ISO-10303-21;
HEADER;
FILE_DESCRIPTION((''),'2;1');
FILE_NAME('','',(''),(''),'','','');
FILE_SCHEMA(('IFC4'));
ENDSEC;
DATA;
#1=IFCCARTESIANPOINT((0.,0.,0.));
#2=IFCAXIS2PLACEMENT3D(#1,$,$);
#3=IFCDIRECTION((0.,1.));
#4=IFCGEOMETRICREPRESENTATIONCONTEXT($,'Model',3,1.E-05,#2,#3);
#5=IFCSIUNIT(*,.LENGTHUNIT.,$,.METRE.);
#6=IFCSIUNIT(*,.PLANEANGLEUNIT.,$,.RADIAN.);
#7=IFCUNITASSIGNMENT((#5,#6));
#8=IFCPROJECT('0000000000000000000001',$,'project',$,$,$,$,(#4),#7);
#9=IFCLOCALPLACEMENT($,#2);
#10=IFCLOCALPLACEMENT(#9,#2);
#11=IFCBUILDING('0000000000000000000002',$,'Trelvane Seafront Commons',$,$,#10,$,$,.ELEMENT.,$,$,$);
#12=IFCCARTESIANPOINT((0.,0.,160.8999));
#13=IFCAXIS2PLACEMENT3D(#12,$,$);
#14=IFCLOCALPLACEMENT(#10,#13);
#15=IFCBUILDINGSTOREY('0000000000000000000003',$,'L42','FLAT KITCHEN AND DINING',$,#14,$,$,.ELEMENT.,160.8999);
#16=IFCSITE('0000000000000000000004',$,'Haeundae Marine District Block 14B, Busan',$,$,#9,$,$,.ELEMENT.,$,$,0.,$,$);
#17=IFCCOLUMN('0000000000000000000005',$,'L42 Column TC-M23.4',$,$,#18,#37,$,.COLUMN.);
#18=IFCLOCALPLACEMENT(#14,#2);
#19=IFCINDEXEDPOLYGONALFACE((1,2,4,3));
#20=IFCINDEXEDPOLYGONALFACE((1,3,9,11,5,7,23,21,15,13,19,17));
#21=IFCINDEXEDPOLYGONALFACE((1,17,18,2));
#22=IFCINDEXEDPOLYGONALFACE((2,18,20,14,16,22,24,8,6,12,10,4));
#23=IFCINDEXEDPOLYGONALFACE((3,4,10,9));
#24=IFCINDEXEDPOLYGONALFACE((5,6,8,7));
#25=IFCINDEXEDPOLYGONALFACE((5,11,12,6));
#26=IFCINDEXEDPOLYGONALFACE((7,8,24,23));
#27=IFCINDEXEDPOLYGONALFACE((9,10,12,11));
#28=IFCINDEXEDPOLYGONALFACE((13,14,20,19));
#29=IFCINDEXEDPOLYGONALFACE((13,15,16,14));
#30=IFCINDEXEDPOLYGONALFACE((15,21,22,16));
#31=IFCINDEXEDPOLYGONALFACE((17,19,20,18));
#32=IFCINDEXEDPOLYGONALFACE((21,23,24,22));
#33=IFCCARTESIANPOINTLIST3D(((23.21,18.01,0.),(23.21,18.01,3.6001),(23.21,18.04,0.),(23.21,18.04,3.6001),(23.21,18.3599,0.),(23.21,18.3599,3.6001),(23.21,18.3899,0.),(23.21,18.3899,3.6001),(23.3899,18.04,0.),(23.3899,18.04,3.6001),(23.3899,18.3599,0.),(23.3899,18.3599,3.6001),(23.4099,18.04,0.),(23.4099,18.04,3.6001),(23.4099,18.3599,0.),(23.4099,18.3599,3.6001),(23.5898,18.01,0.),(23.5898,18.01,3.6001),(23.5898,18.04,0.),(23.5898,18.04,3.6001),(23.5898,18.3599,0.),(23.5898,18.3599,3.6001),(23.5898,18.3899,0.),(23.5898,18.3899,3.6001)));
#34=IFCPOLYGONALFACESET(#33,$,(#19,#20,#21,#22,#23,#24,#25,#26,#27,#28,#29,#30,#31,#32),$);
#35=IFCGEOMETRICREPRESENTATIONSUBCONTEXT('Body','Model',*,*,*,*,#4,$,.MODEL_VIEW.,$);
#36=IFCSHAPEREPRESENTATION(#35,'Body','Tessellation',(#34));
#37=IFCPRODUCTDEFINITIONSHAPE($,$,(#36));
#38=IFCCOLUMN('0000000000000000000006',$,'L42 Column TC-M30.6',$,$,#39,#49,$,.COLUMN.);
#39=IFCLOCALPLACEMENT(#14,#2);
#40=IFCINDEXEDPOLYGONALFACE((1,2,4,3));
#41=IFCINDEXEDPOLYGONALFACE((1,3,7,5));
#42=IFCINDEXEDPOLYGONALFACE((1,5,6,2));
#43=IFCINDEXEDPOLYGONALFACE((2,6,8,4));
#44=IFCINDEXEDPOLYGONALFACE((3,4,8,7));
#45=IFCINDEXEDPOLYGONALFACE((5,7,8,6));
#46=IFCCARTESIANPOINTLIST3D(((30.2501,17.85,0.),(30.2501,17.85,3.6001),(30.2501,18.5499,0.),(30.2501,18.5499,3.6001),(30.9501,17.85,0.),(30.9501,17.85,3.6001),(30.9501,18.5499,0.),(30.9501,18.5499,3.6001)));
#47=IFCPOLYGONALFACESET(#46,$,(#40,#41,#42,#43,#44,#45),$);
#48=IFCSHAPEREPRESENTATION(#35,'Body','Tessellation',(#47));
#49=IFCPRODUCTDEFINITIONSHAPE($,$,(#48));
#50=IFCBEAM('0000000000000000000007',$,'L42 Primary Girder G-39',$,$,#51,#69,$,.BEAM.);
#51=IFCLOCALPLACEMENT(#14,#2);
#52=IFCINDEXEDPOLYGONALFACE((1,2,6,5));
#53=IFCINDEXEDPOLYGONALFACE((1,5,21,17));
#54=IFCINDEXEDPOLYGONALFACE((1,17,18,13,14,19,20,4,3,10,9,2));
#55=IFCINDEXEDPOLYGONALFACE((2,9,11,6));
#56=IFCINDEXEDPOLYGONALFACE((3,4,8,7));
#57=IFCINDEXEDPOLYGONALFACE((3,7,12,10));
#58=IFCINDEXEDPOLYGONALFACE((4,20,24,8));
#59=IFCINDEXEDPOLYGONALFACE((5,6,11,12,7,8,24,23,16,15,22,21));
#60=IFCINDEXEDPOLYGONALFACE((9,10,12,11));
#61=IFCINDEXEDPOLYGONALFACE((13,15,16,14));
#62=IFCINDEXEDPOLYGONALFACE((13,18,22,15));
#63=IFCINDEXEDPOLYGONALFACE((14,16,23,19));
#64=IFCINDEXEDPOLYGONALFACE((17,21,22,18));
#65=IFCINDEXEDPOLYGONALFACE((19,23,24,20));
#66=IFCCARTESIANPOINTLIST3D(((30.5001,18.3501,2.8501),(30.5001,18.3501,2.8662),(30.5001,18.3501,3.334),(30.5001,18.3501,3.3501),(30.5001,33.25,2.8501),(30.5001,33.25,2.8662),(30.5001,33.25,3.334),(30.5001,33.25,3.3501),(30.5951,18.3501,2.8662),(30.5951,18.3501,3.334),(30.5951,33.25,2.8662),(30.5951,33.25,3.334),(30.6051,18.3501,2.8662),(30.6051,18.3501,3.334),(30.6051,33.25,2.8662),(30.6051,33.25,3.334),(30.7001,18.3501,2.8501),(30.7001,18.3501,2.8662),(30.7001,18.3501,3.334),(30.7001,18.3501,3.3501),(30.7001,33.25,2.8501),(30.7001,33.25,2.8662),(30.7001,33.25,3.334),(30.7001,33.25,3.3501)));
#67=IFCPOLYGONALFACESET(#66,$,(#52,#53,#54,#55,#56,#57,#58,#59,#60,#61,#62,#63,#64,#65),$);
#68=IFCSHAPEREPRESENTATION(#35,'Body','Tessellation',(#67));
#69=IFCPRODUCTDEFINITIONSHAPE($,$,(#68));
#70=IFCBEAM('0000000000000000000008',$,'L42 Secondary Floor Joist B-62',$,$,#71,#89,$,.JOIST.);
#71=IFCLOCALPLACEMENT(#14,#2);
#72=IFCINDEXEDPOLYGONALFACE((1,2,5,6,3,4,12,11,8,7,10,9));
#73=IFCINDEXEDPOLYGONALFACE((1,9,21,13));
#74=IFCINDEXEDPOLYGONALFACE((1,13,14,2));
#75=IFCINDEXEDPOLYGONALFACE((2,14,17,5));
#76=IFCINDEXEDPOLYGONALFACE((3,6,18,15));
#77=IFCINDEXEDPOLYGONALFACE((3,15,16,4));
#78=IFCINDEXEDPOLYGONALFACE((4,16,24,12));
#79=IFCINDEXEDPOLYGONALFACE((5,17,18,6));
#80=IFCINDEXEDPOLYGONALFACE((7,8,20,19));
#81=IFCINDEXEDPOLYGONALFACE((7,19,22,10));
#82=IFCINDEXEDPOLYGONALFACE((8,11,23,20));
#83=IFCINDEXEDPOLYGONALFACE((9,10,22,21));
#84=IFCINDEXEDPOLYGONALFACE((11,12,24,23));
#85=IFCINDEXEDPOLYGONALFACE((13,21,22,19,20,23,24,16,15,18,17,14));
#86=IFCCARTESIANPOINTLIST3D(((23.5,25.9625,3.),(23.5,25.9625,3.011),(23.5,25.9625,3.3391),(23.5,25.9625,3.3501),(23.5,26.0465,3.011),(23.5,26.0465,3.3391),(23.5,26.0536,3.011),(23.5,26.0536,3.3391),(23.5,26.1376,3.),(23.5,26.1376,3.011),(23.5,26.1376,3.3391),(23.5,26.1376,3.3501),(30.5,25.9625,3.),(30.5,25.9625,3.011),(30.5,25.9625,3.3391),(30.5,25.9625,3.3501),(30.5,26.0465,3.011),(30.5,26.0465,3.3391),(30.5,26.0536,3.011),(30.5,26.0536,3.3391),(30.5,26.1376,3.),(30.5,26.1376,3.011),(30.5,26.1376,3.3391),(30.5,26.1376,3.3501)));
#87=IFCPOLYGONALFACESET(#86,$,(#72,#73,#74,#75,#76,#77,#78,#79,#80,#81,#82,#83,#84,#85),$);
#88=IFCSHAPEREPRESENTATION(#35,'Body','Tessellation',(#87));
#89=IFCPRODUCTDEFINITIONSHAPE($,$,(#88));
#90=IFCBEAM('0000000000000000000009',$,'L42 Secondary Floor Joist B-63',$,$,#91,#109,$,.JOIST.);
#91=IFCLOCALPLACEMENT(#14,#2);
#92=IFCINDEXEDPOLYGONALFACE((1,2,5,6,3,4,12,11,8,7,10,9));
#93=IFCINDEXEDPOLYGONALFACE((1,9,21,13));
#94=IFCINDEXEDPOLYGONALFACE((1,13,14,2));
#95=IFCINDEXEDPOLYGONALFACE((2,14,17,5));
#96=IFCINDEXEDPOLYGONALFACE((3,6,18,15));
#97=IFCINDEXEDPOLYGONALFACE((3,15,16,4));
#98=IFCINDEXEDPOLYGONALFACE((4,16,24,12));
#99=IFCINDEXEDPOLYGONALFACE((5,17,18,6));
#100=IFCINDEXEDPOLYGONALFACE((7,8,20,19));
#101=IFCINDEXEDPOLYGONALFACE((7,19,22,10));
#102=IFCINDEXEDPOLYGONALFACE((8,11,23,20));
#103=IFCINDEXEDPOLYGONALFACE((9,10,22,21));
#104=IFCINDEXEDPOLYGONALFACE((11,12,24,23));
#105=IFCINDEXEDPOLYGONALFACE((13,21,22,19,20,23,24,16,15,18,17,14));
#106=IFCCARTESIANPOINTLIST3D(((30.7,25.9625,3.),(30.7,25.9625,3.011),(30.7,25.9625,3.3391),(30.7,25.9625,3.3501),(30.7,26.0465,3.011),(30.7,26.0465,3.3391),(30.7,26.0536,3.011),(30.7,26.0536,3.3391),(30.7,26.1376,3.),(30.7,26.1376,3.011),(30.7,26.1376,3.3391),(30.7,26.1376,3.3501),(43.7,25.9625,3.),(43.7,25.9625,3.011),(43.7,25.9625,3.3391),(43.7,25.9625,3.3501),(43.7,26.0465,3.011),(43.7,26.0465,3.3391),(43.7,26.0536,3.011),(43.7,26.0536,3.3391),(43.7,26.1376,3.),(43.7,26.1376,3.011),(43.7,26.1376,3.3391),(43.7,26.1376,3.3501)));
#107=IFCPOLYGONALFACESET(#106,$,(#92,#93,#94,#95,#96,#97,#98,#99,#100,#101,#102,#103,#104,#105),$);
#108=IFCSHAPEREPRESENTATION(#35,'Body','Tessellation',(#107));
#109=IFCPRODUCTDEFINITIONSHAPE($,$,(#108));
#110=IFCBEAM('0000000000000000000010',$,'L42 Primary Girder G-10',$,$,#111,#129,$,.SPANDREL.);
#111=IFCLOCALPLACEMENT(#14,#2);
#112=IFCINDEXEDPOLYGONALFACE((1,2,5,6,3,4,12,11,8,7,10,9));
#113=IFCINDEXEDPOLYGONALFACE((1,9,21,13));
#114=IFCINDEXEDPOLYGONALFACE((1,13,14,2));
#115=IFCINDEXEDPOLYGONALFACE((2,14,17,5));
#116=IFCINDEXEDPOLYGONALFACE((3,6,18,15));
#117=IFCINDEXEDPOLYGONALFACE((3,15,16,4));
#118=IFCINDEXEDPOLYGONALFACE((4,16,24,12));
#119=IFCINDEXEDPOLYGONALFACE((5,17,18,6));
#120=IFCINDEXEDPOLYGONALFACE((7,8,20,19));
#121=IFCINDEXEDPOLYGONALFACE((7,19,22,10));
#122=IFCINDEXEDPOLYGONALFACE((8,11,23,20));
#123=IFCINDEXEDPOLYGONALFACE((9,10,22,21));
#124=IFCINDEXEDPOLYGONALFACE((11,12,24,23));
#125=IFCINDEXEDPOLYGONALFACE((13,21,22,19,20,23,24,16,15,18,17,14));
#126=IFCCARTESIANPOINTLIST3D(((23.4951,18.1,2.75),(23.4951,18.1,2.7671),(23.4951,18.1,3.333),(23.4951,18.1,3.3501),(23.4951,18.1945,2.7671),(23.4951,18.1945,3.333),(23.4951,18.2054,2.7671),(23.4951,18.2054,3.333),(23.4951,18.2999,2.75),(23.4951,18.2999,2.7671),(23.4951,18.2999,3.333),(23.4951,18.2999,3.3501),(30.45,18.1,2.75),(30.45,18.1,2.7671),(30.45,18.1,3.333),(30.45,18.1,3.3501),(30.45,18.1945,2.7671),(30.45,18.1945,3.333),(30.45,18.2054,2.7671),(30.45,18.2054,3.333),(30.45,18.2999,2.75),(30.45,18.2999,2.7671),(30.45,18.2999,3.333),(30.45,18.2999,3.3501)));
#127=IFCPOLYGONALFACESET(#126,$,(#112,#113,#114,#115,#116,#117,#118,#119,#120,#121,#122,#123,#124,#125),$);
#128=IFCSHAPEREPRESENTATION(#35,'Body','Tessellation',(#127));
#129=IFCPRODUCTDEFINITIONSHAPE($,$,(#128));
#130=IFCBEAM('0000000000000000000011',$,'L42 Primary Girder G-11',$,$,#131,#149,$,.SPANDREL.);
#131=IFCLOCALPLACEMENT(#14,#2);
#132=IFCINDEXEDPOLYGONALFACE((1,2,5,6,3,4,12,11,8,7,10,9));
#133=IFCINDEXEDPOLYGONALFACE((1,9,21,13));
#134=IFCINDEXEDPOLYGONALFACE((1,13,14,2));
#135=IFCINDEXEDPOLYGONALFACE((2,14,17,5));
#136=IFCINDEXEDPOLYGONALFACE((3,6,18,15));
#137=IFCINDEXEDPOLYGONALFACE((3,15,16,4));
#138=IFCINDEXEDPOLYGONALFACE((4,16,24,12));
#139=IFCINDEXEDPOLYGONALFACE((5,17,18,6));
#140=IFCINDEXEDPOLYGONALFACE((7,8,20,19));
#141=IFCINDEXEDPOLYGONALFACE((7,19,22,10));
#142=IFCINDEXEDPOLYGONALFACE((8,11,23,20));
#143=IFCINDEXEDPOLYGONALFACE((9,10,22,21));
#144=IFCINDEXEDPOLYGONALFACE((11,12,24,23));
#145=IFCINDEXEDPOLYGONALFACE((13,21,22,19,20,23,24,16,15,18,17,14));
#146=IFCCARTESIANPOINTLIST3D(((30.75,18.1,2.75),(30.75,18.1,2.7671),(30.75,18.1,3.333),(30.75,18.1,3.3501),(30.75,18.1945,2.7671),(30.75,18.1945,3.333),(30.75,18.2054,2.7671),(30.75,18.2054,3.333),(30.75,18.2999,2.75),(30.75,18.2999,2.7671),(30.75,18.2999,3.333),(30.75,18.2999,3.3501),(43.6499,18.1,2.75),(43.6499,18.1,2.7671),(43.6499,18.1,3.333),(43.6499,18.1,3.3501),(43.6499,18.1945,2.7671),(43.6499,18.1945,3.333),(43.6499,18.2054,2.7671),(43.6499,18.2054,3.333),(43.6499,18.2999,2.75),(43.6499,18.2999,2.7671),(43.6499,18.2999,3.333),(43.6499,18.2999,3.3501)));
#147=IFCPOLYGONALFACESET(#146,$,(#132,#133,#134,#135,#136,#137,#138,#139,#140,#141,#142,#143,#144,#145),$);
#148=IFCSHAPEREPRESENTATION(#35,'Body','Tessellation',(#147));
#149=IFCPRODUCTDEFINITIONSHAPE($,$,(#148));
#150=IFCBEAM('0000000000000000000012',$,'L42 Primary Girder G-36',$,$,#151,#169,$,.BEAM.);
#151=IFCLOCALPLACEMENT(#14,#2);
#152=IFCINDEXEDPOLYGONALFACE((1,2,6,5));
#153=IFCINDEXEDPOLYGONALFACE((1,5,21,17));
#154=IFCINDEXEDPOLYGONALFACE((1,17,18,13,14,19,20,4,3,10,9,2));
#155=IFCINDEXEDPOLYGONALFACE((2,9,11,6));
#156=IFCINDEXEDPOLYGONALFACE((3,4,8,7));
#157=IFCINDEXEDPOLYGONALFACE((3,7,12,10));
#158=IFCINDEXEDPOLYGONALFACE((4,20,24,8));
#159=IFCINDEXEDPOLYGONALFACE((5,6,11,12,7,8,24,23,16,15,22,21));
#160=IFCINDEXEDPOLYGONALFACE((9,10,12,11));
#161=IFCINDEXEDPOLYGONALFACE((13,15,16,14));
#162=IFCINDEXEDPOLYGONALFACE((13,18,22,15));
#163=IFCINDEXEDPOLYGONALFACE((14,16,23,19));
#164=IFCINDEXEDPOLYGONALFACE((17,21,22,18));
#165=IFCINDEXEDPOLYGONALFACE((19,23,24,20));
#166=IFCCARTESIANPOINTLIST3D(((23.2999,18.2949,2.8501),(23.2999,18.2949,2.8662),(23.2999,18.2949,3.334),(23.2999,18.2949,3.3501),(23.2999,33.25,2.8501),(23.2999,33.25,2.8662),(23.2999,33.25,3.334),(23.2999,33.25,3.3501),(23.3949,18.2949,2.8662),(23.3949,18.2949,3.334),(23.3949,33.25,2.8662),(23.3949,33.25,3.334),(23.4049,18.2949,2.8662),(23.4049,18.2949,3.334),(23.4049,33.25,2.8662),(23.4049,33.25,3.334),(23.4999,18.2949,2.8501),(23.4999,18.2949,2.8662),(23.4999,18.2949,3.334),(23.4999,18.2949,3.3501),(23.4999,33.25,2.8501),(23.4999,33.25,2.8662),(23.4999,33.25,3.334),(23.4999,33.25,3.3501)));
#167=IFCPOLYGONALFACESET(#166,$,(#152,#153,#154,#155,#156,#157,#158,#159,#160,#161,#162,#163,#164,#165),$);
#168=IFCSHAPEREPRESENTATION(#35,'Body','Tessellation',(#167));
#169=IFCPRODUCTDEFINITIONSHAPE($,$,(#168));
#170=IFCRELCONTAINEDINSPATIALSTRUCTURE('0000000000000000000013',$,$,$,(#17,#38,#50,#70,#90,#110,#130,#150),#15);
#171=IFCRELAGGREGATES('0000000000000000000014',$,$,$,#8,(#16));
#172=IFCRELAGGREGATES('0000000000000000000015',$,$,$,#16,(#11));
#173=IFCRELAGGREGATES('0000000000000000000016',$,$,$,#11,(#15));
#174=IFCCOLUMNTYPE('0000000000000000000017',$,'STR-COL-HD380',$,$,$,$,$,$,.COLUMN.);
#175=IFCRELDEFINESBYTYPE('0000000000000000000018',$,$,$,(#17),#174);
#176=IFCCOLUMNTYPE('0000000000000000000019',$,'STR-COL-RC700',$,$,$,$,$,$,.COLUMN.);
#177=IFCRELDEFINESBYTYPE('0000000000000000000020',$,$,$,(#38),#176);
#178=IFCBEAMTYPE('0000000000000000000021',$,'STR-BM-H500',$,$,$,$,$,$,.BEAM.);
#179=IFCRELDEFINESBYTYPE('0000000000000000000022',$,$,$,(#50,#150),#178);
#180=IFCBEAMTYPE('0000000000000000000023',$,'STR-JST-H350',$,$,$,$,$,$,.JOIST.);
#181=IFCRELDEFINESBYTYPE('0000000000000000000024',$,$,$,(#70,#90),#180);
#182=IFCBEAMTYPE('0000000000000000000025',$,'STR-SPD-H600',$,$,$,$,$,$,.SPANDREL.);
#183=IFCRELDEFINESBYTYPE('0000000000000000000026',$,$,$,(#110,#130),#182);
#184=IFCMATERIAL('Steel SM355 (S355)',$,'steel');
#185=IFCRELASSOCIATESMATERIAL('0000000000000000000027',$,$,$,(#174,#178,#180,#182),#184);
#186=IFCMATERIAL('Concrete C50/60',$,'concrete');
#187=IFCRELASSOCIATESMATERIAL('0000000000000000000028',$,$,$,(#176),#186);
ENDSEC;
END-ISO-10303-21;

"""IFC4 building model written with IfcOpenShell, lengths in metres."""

from ifc_helpers import new_model, si_unit, direction, frame, origin, origin_2d, place, context, subcontext, project, spatial, rectangle, i_section, extrude, source, transform, mapped, material, material_profile, profile_set, type_object, element, save


model = new_model("IFC4")

# Units and contexts
model_context = context("Model", 3, precision=1e-05, world=origin(), true_north=direction((0.0, 1.0)))
body_context = subcontext(model_context, "Body", "Model", "MODEL_VIEW")
ifc_project = project(units=[si_unit("LENGTHUNIT", "METRE"), si_unit("PLANEANGLEUNIT", "RADIAN")], contexts=[model_context])

# Site, building, storey
site_placement = place(None, origin())
site = spatial("IfcSite", under=ifc_project, at=site_placement, Name="Haeundae Marine District Block 14B, Busan", CompositionType="ELEMENT", RefElevation=0.0)
building_placement = place(site_placement, origin())
building = spatial("IfcBuilding", under=site, at=building_placement, Name="Trelvane Seafront Commons", CompositionType="ELEMENT")
storey_placement = place(building_placement, frame((0.0, 0.0, 160.8999)))
storey = spatial("IfcBuildingStorey", under=building, at=storey_placement, Name="L42", Description="FLAT KITCHEN AND DINING", CompositionType="ELEMENT", Elevation=160.8999)

# Columns
ifc_material_1 = material(Name="Steel SM355 (S355)", Category="steel")
ifc_material_profile_1 = material_profile(ifc_material_1, i_section(OverallWidth=0.3799, OverallDepth=0.3799, WebThickness=0.02, FlangeThickness=0.03, at=origin_2d()), Name="HD-380x380x20x30")
ifc_profile_set_1 = profile_set([ifc_material_profile_1], Name="Steel SM355 (S355)")
column_type_1 = type_object("IfcColumnType", Name="STR-COL-HD380", PredefinedType="COLUMN", material=ifc_profile_set_1)
shared_shape_1 = source(origin(), body_context, "Body", "SweptSolid", [
    extrude(i_section(OverallWidth=0.3799, OverallDepth=0.3799, WebThickness=0.02, FlangeThickness=0.03, at=origin_2d()), origin(), (0.0, 0.0, 1.0), 3.6001),
])
column_1_placement = place(storey_placement, frame((23.3999, 18.2, 0.0), z_axis=(0.0, 0.0, 1.0), x_axis=(1.0, 0.0, 0.0)))
element("IfcColumn", 1, at=column_1_placement, inside=storey, type_object=column_type_1, Name="L42 Column TC-M23.4", PredefinedType="COLUMN", context=body_context, shape_type="MappedRepresentation", body=[
    mapped(shared_shape_1, transform((0.0, 0.0, 0.0), x_axis=(1.0, 0.0, 0.0), y_axis=(0.0, 1.0, 0.0), z_axis=(0.0, 0.0, 1.0), scale=1.0)),
])
ifc_material_2 = material(Name="Concrete C50/60", Category="concrete")
ifc_material_profile_2 = material_profile(ifc_material_2, rectangle(XDim=0.7, YDim=0.7, at=origin_2d()), Name="RC-700x700")
ifc_profile_set_2 = profile_set([ifc_material_profile_2], Name="Concrete C50/60")
column_type_2 = type_object("IfcColumnType", Name="STR-COL-RC700", PredefinedType="COLUMN", material=ifc_profile_set_2)
shared_shape_2 = source(origin(), body_context, "Body", "SweptSolid", [
    extrude(rectangle(XDim=0.7, YDim=0.7, at=origin_2d()), origin(), (0.0, 0.0, 1.0), 3.6001),
])
column_2_placement = place(storey_placement, frame((30.6001, 18.2, 0.0), z_axis=(0.0, 0.0, 1.0), x_axis=(1.0, 0.0, 0.0)))
element("IfcColumn", 2, at=column_2_placement, inside=storey, type_object=column_type_2, Name="L42 Column TC-M30.6", PredefinedType="COLUMN", context=body_context, shape_type="MappedRepresentation", body=[
    mapped(shared_shape_2, transform((0.0, 0.0, 0.0), x_axis=(1.0, 0.0, 0.0), y_axis=(0.0, 1.0, 0.0), z_axis=(0.0, 0.0, 1.0), scale=1.0)),
])

# Beams
ifc_material_profile_3 = material_profile(ifc_material_1, i_section(OverallWidth=0.2, OverallDepth=0.5, WebThickness=0.01, FlangeThickness=0.0161, at=origin_2d()), Name="H-500x200x10x16")
ifc_profile_set_3 = profile_set([ifc_material_profile_3], Name="Steel SM355 (S355)")
beam_type_1 = type_object("IfcBeamType", Name="STR-BM-H500", PredefinedType="BEAM", material=ifc_profile_set_3)
shared_shape_3 = source(origin(), body_context, "Body", "SweptSolid", [
    extrude(i_section(OverallWidth=0.2, OverallDepth=0.5, WebThickness=0.01, FlangeThickness=0.0161, at=origin_2d()), origin(), (0.0, 0.0, 1.0), 14.8999),
])
beam_1_placement = place(storey_placement, frame((30.6001, 18.3501, 3.1001), z_axis=(0.0, 1.0, 0.0), x_axis=(-1.0, 0.0, 0.0)))
element("IfcBeam", 3, at=beam_1_placement, inside=storey, type_object=beam_type_1, Name="L42 Primary Girder G-39", PredefinedType="BEAM", context=body_context, shape_type="MappedRepresentation", body=[
    mapped(shared_shape_3, transform((0.0, 0.0, 0.0), x_axis=(1.0, 0.0, 0.0), y_axis=(0.0, 1.0, 0.0), z_axis=(0.0, 0.0, 1.0), scale=1.0)),
])
ifc_material_profile_4 = material_profile(ifc_material_1, i_section(OverallWidth=0.175, OverallDepth=0.3501, WebThickness=0.0071, FlangeThickness=0.011, at=origin_2d()), Name="H-350x175x7x11")
ifc_profile_set_4 = profile_set([ifc_material_profile_4], Name="Steel SM355 (S355)")
beam_type_2 = type_object("IfcBeamType", Name="STR-JST-H350", PredefinedType="JOIST", material=ifc_profile_set_4)
shared_shape_4 = source(origin(), body_context, "Body", "SweptSolid", [
    extrude(i_section(OverallWidth=0.175, OverallDepth=0.3501, WebThickness=0.0071, FlangeThickness=0.011, at=origin_2d()), origin(), (0.0, 0.0, 1.0), 7.0),
])
beam_2_placement = place(storey_placement, frame((23.5, 26.05, 3.175), z_axis=(1.0, 0.0, 0.0), x_axis=(0.0, 1.0, 0.0)))
element("IfcBeam", 4, at=beam_2_placement, inside=storey, type_object=beam_type_2, Name="L42 Secondary Floor Joist B-62", PredefinedType="JOIST", context=body_context, shape_type="MappedRepresentation", body=[
    mapped(shared_shape_4, transform((0.0, 0.0, 0.0), x_axis=(1.0, 0.0, 0.0), y_axis=(0.0, 1.0, 0.0), z_axis=(0.0, 0.0, 1.0), scale=1.0)),
])
shared_shape_5 = source(origin(), body_context, "Body", "SweptSolid", [
    extrude(i_section(OverallWidth=0.175, OverallDepth=0.3501, WebThickness=0.0071, FlangeThickness=0.011, at=origin_2d()), origin(), (0.0, 0.0, 1.0), 13.0),
])
beam_3_placement = place(storey_placement, frame((30.7, 26.05, 3.175), z_axis=(1.0, 0.0, 0.0), x_axis=(0.0, 1.0, 0.0)))
element("IfcBeam", 5, at=beam_3_placement, inside=storey, type_object=beam_type_2, Name="L42 Secondary Floor Joist B-63", PredefinedType="JOIST", context=body_context, shape_type="MappedRepresentation", body=[
    mapped(shared_shape_5, transform((0.0, 0.0, 0.0), x_axis=(1.0, 0.0, 0.0), y_axis=(0.0, 1.0, 0.0), z_axis=(0.0, 0.0, 1.0), scale=1.0)),
])
ifc_material_profile_5 = material_profile(ifc_material_1, i_section(OverallWidth=0.2, OverallDepth=0.6001, WebThickness=0.011, FlangeThickness=0.0171, at=origin_2d()), Name="H-600x200x11x17")
ifc_profile_set_5 = profile_set([ifc_material_profile_5], Name="Steel SM355 (S355)")
beam_type_3 = type_object("IfcBeamType", Name="STR-SPD-H600", PredefinedType="SPANDREL", material=ifc_profile_set_5)
shared_shape_6 = source(origin(), body_context, "Body", "SweptSolid", [
    extrude(i_section(OverallWidth=0.2, OverallDepth=0.6001, WebThickness=0.011, FlangeThickness=0.0171, at=origin_2d()), origin(), (0.0, 0.0, 1.0), 6.9548),
])
beam_4_placement = place(storey_placement, frame((23.4951, 18.2, 3.05), z_axis=(1.0, 0.0, 0.0), x_axis=(0.0, 1.0, 0.0)))
element("IfcBeam", 6, at=beam_4_placement, inside=storey, type_object=beam_type_3, Name="L42 Primary Girder G-10", PredefinedType="SPANDREL", context=body_context, shape_type="MappedRepresentation", body=[
    mapped(shared_shape_6, transform((0.0, 0.0, 0.0), x_axis=(1.0, 0.0, 0.0), y_axis=(0.0, 1.0, 0.0), z_axis=(0.0, 0.0, 1.0), scale=1.0)),
])
shared_shape_7 = source(origin(), body_context, "Body", "SweptSolid", [
    extrude(i_section(OverallWidth=0.2, OverallDepth=0.6001, WebThickness=0.011, FlangeThickness=0.0171, at=origin_2d()), origin(), (0.0, 0.0, 1.0), 12.8999),
])
beam_5_placement = place(storey_placement, frame((30.75, 18.2, 3.05), z_axis=(1.0, 0.0, 0.0), x_axis=(0.0, 1.0, 0.0)))
element("IfcBeam", 7, at=beam_5_placement, inside=storey, type_object=beam_type_3, Name="L42 Primary Girder G-11", PredefinedType="SPANDREL", context=body_context, shape_type="MappedRepresentation", body=[
    mapped(shared_shape_7, transform((0.0, 0.0, 0.0), x_axis=(1.0, 0.0, 0.0), y_axis=(0.0, 1.0, 0.0), z_axis=(0.0, 0.0, 1.0), scale=1.0)),
])
shared_shape_8 = source(origin(), body_context, "Body", "SweptSolid", [
    extrude(i_section(OverallWidth=0.2, OverallDepth=0.5, WebThickness=0.01, FlangeThickness=0.0161, at=origin_2d()), origin(), (0.0, 0.0, 1.0), 14.9551),
])
beam_6_placement = place(storey_placement, frame((23.3999, 18.2949, 3.1001), z_axis=(0.0, 1.0, 0.0), x_axis=(-1.0, 0.0, 0.0)))
element("IfcBeam", 8, at=beam_6_placement, inside=storey, type_object=beam_type_1, Name="L42 Primary Girder G-36", PredefinedType="BEAM", context=body_context, shape_type="MappedRepresentation", body=[
    mapped(shared_shape_8, transform((0.0, 0.0, 0.0), x_axis=(1.0, 0.0, 0.0), y_axis=(0.0, 1.0, 0.0), z_axis=(0.0, 0.0, 1.0), scale=1.0)),
])

save(model, "model.ifc")
